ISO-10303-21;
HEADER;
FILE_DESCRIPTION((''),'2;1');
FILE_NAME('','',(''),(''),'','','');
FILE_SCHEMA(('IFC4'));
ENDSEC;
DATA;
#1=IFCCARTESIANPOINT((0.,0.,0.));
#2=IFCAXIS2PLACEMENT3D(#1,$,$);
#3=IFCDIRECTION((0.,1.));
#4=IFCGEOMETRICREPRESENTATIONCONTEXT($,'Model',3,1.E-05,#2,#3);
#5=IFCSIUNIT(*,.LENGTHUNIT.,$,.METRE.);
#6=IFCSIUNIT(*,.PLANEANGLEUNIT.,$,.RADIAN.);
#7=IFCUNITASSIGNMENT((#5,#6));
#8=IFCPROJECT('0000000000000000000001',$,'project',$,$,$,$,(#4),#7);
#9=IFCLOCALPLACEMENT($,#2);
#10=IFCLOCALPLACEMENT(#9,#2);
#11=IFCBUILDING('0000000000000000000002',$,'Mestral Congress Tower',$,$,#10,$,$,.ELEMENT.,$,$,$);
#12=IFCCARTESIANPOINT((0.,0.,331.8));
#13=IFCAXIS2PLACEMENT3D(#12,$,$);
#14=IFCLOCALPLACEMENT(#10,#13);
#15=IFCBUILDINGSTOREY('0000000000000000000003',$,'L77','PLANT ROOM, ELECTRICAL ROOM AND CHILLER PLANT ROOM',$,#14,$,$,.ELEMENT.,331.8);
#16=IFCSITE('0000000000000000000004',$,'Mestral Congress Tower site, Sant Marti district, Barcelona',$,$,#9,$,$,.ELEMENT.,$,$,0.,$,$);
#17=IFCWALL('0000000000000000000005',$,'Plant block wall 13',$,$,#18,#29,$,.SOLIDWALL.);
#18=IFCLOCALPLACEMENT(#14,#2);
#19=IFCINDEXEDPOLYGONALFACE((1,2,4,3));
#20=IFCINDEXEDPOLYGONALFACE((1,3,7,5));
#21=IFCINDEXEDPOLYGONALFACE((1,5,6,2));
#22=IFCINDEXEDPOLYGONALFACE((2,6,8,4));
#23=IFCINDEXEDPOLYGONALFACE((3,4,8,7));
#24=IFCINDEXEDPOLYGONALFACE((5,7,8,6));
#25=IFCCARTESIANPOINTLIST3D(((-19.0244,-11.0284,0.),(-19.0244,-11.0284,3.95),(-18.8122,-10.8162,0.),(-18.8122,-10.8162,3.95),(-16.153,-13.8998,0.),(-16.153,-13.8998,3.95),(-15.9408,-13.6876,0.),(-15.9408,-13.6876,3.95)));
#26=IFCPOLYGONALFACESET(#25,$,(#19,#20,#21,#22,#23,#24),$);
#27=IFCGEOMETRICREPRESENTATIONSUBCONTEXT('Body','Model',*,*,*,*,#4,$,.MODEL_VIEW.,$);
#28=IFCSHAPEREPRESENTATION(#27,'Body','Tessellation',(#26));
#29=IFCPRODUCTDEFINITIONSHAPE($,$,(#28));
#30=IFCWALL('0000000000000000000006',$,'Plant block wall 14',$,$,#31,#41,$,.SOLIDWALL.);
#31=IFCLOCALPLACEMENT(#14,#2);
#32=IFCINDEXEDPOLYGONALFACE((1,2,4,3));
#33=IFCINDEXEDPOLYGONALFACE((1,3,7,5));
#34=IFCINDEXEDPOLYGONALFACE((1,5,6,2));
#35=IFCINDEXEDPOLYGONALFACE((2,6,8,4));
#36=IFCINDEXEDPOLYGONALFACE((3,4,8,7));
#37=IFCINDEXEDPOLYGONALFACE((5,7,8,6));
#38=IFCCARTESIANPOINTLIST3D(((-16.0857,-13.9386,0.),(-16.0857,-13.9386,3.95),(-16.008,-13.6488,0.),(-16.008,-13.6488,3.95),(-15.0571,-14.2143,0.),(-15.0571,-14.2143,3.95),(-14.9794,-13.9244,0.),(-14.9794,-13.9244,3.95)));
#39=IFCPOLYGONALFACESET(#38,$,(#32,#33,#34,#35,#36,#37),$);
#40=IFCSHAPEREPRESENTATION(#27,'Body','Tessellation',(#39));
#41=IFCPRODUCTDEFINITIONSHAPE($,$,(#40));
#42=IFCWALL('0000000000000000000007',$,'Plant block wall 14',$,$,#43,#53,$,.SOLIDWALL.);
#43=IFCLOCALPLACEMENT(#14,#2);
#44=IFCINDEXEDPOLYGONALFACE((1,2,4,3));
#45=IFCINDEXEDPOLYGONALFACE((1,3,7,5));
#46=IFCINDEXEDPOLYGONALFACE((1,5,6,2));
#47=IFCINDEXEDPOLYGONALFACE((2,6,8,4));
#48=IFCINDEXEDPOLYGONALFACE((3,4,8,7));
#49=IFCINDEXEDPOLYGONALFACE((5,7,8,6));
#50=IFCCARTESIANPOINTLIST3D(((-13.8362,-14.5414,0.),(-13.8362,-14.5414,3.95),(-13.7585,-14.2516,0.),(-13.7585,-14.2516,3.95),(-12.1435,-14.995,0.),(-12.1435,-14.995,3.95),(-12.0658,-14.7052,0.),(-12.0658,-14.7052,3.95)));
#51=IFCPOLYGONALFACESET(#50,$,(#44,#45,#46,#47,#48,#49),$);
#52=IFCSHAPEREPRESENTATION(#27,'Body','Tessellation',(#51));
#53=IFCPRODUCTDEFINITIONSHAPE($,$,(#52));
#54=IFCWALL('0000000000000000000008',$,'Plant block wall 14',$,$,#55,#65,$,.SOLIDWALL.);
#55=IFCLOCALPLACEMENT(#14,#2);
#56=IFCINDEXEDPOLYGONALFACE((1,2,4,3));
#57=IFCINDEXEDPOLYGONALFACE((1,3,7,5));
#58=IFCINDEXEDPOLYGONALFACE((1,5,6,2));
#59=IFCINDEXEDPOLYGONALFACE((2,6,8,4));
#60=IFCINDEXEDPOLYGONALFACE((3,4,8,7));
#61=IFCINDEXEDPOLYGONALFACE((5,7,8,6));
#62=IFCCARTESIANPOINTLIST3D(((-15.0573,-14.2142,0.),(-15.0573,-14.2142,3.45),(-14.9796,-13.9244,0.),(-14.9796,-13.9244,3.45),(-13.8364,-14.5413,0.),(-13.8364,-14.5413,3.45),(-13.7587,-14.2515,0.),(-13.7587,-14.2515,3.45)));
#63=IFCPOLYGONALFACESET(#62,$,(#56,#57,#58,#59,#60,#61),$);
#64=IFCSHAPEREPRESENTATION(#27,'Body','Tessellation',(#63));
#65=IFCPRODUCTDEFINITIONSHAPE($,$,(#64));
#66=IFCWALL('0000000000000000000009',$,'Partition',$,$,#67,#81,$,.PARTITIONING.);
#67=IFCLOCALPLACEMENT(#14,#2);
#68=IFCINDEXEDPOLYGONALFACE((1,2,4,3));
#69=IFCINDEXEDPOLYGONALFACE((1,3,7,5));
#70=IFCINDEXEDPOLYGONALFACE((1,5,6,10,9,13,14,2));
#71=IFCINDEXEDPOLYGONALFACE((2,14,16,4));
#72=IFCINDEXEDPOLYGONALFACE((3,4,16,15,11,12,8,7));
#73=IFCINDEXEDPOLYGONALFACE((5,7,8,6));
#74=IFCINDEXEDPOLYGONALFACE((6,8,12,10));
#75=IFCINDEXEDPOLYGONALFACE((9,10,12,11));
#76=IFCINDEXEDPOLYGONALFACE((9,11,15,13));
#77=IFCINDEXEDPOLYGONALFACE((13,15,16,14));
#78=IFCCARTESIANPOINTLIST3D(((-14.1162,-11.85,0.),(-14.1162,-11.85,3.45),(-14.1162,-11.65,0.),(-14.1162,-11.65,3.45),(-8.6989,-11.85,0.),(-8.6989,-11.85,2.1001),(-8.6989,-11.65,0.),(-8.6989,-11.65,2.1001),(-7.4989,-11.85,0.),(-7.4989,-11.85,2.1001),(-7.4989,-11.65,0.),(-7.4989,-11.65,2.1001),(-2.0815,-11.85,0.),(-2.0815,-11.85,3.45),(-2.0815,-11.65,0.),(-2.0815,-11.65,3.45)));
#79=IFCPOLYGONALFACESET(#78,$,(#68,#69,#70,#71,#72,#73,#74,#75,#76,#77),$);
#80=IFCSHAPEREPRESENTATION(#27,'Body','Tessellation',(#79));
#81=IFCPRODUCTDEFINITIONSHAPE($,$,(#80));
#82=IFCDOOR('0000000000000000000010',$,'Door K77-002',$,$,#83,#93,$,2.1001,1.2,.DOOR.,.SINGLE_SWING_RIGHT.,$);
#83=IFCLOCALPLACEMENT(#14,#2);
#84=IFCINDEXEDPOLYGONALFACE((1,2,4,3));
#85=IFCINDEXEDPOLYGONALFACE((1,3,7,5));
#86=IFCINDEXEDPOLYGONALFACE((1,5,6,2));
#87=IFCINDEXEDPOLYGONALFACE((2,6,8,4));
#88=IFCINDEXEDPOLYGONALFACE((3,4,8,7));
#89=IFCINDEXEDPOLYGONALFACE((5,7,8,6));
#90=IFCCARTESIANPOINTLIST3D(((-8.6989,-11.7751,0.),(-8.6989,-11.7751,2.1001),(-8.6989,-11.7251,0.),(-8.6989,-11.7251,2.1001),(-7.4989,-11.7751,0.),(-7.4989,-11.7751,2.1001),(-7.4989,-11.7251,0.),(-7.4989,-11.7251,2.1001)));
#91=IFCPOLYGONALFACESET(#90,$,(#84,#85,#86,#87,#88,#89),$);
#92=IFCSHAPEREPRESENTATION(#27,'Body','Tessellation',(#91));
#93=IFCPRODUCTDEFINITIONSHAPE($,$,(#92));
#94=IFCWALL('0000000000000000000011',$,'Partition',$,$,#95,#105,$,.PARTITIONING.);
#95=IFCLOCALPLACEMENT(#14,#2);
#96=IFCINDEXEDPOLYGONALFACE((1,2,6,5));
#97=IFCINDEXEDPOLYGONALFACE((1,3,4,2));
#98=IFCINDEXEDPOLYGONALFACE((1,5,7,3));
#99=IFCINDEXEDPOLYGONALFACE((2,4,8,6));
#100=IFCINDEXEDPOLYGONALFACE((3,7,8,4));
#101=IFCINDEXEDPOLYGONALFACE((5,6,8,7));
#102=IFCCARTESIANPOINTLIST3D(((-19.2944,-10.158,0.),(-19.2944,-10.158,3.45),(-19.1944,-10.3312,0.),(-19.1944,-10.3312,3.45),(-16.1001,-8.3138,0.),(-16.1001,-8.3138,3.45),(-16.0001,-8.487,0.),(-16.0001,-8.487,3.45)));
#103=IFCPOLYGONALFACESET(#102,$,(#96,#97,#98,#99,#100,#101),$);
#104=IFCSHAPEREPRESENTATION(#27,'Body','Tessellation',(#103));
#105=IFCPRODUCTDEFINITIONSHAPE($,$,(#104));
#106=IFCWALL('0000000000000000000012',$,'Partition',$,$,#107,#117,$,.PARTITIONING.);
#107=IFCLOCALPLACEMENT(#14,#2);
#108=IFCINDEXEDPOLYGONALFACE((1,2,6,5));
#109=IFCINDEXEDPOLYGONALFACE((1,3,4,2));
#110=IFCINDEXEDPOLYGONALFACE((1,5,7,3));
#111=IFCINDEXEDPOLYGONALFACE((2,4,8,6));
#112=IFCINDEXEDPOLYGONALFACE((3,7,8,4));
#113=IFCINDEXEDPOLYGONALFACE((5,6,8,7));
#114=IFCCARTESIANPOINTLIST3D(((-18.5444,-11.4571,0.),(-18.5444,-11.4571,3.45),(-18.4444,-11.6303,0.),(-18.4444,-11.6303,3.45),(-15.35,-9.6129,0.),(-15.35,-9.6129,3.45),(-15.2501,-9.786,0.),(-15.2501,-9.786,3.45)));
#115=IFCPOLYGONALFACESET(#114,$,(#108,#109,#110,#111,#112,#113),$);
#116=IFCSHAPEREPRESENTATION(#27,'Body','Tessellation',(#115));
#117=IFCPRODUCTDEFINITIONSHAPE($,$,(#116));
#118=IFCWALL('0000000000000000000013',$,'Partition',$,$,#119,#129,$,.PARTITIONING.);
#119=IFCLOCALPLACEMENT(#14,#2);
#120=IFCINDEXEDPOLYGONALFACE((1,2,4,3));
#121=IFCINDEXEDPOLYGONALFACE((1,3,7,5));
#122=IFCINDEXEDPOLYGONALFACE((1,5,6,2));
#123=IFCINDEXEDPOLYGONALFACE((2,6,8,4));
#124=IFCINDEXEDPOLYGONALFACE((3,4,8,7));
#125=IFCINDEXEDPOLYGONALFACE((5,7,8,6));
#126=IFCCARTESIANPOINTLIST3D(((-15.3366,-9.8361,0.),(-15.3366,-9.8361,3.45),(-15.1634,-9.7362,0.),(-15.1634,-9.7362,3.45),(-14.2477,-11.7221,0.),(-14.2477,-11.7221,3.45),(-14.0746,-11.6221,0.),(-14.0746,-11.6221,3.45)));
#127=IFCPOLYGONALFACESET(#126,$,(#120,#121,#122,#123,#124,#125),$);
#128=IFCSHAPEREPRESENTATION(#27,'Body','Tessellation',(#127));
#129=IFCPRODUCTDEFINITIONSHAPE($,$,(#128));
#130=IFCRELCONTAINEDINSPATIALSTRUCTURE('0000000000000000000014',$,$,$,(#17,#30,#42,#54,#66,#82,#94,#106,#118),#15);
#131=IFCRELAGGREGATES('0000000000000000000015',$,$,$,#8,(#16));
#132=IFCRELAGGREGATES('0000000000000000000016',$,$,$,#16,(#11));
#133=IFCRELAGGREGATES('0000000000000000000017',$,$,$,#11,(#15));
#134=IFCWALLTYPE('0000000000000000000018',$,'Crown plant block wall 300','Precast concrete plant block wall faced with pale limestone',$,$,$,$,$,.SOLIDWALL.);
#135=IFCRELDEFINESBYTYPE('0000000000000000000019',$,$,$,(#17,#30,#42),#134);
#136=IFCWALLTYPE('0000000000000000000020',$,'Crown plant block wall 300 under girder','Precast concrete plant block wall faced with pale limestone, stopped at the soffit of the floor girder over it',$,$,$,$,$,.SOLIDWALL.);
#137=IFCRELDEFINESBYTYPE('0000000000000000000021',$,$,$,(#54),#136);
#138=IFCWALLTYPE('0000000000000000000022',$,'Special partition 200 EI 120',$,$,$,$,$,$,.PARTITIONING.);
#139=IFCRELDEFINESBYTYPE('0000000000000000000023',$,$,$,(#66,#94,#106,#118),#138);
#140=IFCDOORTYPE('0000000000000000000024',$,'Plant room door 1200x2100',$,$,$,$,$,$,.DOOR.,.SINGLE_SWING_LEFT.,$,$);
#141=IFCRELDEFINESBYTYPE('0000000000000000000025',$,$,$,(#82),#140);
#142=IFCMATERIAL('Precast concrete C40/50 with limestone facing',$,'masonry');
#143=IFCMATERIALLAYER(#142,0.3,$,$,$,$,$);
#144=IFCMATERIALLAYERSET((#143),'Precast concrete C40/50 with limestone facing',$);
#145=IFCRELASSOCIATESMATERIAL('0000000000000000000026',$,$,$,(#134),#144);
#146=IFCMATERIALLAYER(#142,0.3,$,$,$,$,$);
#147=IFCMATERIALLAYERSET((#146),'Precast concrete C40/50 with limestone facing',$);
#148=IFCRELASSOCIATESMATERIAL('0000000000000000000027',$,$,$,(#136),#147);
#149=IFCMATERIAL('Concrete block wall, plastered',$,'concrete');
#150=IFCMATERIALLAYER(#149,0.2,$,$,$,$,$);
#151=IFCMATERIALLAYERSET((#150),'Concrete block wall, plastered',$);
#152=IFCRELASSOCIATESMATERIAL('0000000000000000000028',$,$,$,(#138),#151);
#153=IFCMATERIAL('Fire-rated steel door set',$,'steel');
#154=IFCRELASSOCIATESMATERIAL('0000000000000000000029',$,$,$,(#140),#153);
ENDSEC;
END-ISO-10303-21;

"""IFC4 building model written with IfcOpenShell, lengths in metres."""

from ifc_helpers import new_model, si_unit, direction, frame, frame_2d, origin, place, context, subcontext, project, spatial, rectangle, extrude, material, layer, layer_set, type_object, element, fill, save


model = new_model("IFC4")

# Units and contexts
model_context = context("Model", 3, precision=1e-05, world=origin(), true_north=direction((0.0, 1.0)))
body_context = subcontext(model_context, "Body", "Model", "MODEL_VIEW")
ifc_project = project(units=[si_unit("LENGTHUNIT", "METRE"), si_unit("PLANEANGLEUNIT", "RADIAN")], contexts=[model_context])

# Site, building, storey
site_placement = place(None, origin())
site = spatial("IfcSite", under=ifc_project, at=site_placement, Name="Mestral Congress Tower site, Sant Marti district, Barcelona", CompositionType="ELEMENT", RefElevation=0.0)
building_placement = place(site_placement, origin())
building = spatial("IfcBuilding", under=site, at=building_placement, Name="Mestral Congress Tower", CompositionType="ELEMENT")
storey_placement = place(building_placement, frame((0.0, 0.0, 331.8)))
storey = spatial("IfcBuildingStorey", under=building, at=storey_placement, Name="L77", Description="PLANT ROOM, ELECTRICAL ROOM AND CHILLER PLANT ROOM", CompositionType="ELEMENT", Elevation=331.8)

# Walls
ifc_material_1 = material(Name="Precast concrete C40/50 with limestone facing", Category="masonry")
ifc_layer_1 = layer(ifc_material_1, 0.3)
ifc_layer_set_1 = layer_set([ifc_layer_1], Name="Precast concrete C40/50 with limestone facing")
wall_type_1 = type_object("IfcWallType", Name="Crown plant block wall 300", Description="Precast concrete plant block wall faced with pale limestone", PredefinedType="SOLIDWALL", material=ifc_layer_set_1)
wall_1_placement = place(storey_placement, frame((-18.9182, -10.9224, 0.0), z_axis=(0.0, 0.0, 1.0), x_axis=(0.707107, -0.707107, 0.0)))
element("IfcWall", 1, at=wall_1_placement, inside=storey, type_object=wall_type_1, Name="Plant block wall 13", PredefinedType="SOLIDWALL", context=body_context, shape_type="SweptSolid", body=[
    extrude(rectangle(XDim=4.0608, YDim=0.3, at=frame_2d((2.0303, 0.0))), origin(), (0.0, 0.0, 1.0), 3.95),
])
wall_2_placement = place(storey_placement, frame((-16.0469, -13.7937, 0.0), z_axis=(0.0, 0.0, 1.0), x_axis=(0.965918, -0.258847, 0.0)))
element("IfcWall", 2, at=wall_2_placement, inside=storey, type_object=wall_type_1, Name="Plant block wall 14", PredefinedType="SOLIDWALL", context=body_context, shape_type="SweptSolid", body=[
    extrude(rectangle(XDim=1.0649, YDim=0.3, at=frame_2d((0.5325, 0.0))), origin(), (0.0, 0.0, 1.0), 3.95),
])
wall_3_placement = place(storey_placement, frame((-13.7974, -14.3965, 0.0), z_axis=(0.0, 0.0, 1.0), x_axis=(0.965915, -0.258859, 0.0)))
element("IfcWall", 3, at=wall_3_placement, inside=storey, type_object=wall_type_1, Name="Plant block wall 14", PredefinedType="SOLIDWALL", context=body_context, shape_type="SweptSolid", body=[
    extrude(rectangle(XDim=1.7524, YDim=0.3, at=frame_2d((0.8762, 0.0))), origin(), (0.0, 0.0, 1.0), 3.95),
])
ifc_layer_2 = layer(ifc_material_1, 0.3)
ifc_layer_set_2 = layer_set([ifc_layer_2], Name="Precast concrete C40/50 with limestone facing")
wall_type_2 = type_object("IfcWallType", Name="Crown plant block wall 300 under girder", Description="Precast concrete plant block wall faced with pale limestone, stopped at the soffit of the floor girder over it", PredefinedType="SOLIDWALL", material=ifc_layer_set_2)
wall_4_placement = place(storey_placement, frame((-15.0183, -14.0693, 0.0), z_axis=(0.0, 0.0, 1.0), x_axis=(0.965926, -0.258817, 0.0)))
element("IfcWall", 4, at=wall_4_placement, inside=storey, type_object=wall_type_2, Name="Plant block wall 14", PredefinedType="SOLIDWALL", context=body_context, shape_type="SweptSolid", body=[
    extrude(rectangle(XDim=1.2639, YDim=0.3, at=frame_2d((0.6318, 0.0))), origin(), (0.0, 0.0, 1.0), 3.45),
])

# Wall, opening, door
ifc_material_2 = material(Name="Concrete block wall, plastered", Category="concrete")
ifc_layer_3 = layer(ifc_material_2, 0.2)
ifc_layer_set_3 = layer_set([ifc_layer_3], Name="Concrete block wall, plastered")
wall_type_3 = type_object("IfcWallType", Name="Special partition 200 EI 120", PredefinedType="PARTITIONING", material=ifc_layer_set_3)
wall_5_placement = place(storey_placement, frame((-14.1162, -11.75, 0.0), z_axis=(0.0, 0.0, 1.0), x_axis=(1.0, 0.0, 0.0)))
wall_5 = element("IfcWall", 5, at=wall_5_placement, inside=storey, type_object=wall_type_3, Name="Partition", PredefinedType="PARTITIONING", context=body_context, shape_type="SweptSolid", body=[
    extrude(rectangle(XDim=12.0347, YDim=0.2, at=frame_2d((6.0173, 0.0))), origin(), (0.0, 0.0, 1.0), 3.45),
])
opening_placement = place(wall_5_placement, frame((5.4172, 0.0, 0.0)))
opening = element("IfcOpeningElement", 6, at=opening_placement, cuts=wall_5, PredefinedType="OPENING", context=body_context, shape_type="SweptSolid", body=[
    extrude(rectangle(XDim=1.2, YDim=2.1001, at=frame_2d((0.6001, 1.05))), frame((0.0, 0.1099, 0.0), z_axis=(0.0, -1.0, 0.0), x_axis=(1.0, 0.0, 0.0)), (0.0, 0.0, 1.0), 0.22),
])
ifc_material_3 = material(Name="Fire-rated steel door set", Category="steel")
door_type = type_object("IfcDoorType", Name="Plant room door 1200x2100", OperationType="SINGLE_SWING_LEFT", PredefinedType="DOOR", material=ifc_material_3)
door_placement = place(opening_placement, origin())
door = element("IfcDoor", 7, at=door_placement, inside=storey, type_object=door_type, Name="Door K77-002", OperationType="SINGLE_SWING_RIGHT", OverallHeight=2.1001, OverallWidth=1.2, PredefinedType="DOOR", context=body_context, shape_type="SweptSolid", body=[
    extrude(rectangle(XDim=1.2, YDim=2.1001, at=frame_2d((0.6001, 1.05))), frame((0.0, 0.0249, 0.0), z_axis=(0.0, -1.0, 0.0), x_axis=(1.0, 0.0, 0.0)), (0.0, 0.0, 1.0), 0.05),
])
fill(opening, door)

# Walls
for number, where, z_axis, x_axis, name in (
    (8, (-19.2444, -10.2446, 0.0), (0.0, 0.0, 1.0), (0.866027, 0.499997, 0.0), "Partition"),
    (9, (-15.3, -9.6995, 0.0), (0.0, 0.0, 1.0), (-0.866027, -0.499997, 0.0), "Partition"),
):
    element("IfcWall", number, at=place(storey_placement, frame(where, z_axis=z_axis, x_axis=x_axis)), inside=storey, type_object=wall_type_3, Name=name, PredefinedType="PARTITIONING", context=body_context, shape_type="SweptSolid", body=[
        extrude(rectangle(XDim=3.6885, YDim=0.2, at=frame_2d((1.8442, 0.0))), origin(), (0.0, 0.0, 1.0), 3.45),
    ])
wall_6_placement = place(storey_placement, frame((-14.1611, -11.6721, 0.0), z_axis=(0.0, 0.0, 1.0), x_axis=(-0.499997, 0.866027, 0.0)))
element("IfcWall", 10, at=wall_6_placement, inside=storey, type_object=wall_type_3, Name="Partition", PredefinedType="PARTITIONING", context=body_context, shape_type="SweptSolid", body=[
    extrude(rectangle(XDim=2.1777, YDim=0.2, at=frame_2d((1.0889, 0.0))), origin(), (0.0, 0.0, 1.0), 3.45),
])

save(model, "model.ifc")
